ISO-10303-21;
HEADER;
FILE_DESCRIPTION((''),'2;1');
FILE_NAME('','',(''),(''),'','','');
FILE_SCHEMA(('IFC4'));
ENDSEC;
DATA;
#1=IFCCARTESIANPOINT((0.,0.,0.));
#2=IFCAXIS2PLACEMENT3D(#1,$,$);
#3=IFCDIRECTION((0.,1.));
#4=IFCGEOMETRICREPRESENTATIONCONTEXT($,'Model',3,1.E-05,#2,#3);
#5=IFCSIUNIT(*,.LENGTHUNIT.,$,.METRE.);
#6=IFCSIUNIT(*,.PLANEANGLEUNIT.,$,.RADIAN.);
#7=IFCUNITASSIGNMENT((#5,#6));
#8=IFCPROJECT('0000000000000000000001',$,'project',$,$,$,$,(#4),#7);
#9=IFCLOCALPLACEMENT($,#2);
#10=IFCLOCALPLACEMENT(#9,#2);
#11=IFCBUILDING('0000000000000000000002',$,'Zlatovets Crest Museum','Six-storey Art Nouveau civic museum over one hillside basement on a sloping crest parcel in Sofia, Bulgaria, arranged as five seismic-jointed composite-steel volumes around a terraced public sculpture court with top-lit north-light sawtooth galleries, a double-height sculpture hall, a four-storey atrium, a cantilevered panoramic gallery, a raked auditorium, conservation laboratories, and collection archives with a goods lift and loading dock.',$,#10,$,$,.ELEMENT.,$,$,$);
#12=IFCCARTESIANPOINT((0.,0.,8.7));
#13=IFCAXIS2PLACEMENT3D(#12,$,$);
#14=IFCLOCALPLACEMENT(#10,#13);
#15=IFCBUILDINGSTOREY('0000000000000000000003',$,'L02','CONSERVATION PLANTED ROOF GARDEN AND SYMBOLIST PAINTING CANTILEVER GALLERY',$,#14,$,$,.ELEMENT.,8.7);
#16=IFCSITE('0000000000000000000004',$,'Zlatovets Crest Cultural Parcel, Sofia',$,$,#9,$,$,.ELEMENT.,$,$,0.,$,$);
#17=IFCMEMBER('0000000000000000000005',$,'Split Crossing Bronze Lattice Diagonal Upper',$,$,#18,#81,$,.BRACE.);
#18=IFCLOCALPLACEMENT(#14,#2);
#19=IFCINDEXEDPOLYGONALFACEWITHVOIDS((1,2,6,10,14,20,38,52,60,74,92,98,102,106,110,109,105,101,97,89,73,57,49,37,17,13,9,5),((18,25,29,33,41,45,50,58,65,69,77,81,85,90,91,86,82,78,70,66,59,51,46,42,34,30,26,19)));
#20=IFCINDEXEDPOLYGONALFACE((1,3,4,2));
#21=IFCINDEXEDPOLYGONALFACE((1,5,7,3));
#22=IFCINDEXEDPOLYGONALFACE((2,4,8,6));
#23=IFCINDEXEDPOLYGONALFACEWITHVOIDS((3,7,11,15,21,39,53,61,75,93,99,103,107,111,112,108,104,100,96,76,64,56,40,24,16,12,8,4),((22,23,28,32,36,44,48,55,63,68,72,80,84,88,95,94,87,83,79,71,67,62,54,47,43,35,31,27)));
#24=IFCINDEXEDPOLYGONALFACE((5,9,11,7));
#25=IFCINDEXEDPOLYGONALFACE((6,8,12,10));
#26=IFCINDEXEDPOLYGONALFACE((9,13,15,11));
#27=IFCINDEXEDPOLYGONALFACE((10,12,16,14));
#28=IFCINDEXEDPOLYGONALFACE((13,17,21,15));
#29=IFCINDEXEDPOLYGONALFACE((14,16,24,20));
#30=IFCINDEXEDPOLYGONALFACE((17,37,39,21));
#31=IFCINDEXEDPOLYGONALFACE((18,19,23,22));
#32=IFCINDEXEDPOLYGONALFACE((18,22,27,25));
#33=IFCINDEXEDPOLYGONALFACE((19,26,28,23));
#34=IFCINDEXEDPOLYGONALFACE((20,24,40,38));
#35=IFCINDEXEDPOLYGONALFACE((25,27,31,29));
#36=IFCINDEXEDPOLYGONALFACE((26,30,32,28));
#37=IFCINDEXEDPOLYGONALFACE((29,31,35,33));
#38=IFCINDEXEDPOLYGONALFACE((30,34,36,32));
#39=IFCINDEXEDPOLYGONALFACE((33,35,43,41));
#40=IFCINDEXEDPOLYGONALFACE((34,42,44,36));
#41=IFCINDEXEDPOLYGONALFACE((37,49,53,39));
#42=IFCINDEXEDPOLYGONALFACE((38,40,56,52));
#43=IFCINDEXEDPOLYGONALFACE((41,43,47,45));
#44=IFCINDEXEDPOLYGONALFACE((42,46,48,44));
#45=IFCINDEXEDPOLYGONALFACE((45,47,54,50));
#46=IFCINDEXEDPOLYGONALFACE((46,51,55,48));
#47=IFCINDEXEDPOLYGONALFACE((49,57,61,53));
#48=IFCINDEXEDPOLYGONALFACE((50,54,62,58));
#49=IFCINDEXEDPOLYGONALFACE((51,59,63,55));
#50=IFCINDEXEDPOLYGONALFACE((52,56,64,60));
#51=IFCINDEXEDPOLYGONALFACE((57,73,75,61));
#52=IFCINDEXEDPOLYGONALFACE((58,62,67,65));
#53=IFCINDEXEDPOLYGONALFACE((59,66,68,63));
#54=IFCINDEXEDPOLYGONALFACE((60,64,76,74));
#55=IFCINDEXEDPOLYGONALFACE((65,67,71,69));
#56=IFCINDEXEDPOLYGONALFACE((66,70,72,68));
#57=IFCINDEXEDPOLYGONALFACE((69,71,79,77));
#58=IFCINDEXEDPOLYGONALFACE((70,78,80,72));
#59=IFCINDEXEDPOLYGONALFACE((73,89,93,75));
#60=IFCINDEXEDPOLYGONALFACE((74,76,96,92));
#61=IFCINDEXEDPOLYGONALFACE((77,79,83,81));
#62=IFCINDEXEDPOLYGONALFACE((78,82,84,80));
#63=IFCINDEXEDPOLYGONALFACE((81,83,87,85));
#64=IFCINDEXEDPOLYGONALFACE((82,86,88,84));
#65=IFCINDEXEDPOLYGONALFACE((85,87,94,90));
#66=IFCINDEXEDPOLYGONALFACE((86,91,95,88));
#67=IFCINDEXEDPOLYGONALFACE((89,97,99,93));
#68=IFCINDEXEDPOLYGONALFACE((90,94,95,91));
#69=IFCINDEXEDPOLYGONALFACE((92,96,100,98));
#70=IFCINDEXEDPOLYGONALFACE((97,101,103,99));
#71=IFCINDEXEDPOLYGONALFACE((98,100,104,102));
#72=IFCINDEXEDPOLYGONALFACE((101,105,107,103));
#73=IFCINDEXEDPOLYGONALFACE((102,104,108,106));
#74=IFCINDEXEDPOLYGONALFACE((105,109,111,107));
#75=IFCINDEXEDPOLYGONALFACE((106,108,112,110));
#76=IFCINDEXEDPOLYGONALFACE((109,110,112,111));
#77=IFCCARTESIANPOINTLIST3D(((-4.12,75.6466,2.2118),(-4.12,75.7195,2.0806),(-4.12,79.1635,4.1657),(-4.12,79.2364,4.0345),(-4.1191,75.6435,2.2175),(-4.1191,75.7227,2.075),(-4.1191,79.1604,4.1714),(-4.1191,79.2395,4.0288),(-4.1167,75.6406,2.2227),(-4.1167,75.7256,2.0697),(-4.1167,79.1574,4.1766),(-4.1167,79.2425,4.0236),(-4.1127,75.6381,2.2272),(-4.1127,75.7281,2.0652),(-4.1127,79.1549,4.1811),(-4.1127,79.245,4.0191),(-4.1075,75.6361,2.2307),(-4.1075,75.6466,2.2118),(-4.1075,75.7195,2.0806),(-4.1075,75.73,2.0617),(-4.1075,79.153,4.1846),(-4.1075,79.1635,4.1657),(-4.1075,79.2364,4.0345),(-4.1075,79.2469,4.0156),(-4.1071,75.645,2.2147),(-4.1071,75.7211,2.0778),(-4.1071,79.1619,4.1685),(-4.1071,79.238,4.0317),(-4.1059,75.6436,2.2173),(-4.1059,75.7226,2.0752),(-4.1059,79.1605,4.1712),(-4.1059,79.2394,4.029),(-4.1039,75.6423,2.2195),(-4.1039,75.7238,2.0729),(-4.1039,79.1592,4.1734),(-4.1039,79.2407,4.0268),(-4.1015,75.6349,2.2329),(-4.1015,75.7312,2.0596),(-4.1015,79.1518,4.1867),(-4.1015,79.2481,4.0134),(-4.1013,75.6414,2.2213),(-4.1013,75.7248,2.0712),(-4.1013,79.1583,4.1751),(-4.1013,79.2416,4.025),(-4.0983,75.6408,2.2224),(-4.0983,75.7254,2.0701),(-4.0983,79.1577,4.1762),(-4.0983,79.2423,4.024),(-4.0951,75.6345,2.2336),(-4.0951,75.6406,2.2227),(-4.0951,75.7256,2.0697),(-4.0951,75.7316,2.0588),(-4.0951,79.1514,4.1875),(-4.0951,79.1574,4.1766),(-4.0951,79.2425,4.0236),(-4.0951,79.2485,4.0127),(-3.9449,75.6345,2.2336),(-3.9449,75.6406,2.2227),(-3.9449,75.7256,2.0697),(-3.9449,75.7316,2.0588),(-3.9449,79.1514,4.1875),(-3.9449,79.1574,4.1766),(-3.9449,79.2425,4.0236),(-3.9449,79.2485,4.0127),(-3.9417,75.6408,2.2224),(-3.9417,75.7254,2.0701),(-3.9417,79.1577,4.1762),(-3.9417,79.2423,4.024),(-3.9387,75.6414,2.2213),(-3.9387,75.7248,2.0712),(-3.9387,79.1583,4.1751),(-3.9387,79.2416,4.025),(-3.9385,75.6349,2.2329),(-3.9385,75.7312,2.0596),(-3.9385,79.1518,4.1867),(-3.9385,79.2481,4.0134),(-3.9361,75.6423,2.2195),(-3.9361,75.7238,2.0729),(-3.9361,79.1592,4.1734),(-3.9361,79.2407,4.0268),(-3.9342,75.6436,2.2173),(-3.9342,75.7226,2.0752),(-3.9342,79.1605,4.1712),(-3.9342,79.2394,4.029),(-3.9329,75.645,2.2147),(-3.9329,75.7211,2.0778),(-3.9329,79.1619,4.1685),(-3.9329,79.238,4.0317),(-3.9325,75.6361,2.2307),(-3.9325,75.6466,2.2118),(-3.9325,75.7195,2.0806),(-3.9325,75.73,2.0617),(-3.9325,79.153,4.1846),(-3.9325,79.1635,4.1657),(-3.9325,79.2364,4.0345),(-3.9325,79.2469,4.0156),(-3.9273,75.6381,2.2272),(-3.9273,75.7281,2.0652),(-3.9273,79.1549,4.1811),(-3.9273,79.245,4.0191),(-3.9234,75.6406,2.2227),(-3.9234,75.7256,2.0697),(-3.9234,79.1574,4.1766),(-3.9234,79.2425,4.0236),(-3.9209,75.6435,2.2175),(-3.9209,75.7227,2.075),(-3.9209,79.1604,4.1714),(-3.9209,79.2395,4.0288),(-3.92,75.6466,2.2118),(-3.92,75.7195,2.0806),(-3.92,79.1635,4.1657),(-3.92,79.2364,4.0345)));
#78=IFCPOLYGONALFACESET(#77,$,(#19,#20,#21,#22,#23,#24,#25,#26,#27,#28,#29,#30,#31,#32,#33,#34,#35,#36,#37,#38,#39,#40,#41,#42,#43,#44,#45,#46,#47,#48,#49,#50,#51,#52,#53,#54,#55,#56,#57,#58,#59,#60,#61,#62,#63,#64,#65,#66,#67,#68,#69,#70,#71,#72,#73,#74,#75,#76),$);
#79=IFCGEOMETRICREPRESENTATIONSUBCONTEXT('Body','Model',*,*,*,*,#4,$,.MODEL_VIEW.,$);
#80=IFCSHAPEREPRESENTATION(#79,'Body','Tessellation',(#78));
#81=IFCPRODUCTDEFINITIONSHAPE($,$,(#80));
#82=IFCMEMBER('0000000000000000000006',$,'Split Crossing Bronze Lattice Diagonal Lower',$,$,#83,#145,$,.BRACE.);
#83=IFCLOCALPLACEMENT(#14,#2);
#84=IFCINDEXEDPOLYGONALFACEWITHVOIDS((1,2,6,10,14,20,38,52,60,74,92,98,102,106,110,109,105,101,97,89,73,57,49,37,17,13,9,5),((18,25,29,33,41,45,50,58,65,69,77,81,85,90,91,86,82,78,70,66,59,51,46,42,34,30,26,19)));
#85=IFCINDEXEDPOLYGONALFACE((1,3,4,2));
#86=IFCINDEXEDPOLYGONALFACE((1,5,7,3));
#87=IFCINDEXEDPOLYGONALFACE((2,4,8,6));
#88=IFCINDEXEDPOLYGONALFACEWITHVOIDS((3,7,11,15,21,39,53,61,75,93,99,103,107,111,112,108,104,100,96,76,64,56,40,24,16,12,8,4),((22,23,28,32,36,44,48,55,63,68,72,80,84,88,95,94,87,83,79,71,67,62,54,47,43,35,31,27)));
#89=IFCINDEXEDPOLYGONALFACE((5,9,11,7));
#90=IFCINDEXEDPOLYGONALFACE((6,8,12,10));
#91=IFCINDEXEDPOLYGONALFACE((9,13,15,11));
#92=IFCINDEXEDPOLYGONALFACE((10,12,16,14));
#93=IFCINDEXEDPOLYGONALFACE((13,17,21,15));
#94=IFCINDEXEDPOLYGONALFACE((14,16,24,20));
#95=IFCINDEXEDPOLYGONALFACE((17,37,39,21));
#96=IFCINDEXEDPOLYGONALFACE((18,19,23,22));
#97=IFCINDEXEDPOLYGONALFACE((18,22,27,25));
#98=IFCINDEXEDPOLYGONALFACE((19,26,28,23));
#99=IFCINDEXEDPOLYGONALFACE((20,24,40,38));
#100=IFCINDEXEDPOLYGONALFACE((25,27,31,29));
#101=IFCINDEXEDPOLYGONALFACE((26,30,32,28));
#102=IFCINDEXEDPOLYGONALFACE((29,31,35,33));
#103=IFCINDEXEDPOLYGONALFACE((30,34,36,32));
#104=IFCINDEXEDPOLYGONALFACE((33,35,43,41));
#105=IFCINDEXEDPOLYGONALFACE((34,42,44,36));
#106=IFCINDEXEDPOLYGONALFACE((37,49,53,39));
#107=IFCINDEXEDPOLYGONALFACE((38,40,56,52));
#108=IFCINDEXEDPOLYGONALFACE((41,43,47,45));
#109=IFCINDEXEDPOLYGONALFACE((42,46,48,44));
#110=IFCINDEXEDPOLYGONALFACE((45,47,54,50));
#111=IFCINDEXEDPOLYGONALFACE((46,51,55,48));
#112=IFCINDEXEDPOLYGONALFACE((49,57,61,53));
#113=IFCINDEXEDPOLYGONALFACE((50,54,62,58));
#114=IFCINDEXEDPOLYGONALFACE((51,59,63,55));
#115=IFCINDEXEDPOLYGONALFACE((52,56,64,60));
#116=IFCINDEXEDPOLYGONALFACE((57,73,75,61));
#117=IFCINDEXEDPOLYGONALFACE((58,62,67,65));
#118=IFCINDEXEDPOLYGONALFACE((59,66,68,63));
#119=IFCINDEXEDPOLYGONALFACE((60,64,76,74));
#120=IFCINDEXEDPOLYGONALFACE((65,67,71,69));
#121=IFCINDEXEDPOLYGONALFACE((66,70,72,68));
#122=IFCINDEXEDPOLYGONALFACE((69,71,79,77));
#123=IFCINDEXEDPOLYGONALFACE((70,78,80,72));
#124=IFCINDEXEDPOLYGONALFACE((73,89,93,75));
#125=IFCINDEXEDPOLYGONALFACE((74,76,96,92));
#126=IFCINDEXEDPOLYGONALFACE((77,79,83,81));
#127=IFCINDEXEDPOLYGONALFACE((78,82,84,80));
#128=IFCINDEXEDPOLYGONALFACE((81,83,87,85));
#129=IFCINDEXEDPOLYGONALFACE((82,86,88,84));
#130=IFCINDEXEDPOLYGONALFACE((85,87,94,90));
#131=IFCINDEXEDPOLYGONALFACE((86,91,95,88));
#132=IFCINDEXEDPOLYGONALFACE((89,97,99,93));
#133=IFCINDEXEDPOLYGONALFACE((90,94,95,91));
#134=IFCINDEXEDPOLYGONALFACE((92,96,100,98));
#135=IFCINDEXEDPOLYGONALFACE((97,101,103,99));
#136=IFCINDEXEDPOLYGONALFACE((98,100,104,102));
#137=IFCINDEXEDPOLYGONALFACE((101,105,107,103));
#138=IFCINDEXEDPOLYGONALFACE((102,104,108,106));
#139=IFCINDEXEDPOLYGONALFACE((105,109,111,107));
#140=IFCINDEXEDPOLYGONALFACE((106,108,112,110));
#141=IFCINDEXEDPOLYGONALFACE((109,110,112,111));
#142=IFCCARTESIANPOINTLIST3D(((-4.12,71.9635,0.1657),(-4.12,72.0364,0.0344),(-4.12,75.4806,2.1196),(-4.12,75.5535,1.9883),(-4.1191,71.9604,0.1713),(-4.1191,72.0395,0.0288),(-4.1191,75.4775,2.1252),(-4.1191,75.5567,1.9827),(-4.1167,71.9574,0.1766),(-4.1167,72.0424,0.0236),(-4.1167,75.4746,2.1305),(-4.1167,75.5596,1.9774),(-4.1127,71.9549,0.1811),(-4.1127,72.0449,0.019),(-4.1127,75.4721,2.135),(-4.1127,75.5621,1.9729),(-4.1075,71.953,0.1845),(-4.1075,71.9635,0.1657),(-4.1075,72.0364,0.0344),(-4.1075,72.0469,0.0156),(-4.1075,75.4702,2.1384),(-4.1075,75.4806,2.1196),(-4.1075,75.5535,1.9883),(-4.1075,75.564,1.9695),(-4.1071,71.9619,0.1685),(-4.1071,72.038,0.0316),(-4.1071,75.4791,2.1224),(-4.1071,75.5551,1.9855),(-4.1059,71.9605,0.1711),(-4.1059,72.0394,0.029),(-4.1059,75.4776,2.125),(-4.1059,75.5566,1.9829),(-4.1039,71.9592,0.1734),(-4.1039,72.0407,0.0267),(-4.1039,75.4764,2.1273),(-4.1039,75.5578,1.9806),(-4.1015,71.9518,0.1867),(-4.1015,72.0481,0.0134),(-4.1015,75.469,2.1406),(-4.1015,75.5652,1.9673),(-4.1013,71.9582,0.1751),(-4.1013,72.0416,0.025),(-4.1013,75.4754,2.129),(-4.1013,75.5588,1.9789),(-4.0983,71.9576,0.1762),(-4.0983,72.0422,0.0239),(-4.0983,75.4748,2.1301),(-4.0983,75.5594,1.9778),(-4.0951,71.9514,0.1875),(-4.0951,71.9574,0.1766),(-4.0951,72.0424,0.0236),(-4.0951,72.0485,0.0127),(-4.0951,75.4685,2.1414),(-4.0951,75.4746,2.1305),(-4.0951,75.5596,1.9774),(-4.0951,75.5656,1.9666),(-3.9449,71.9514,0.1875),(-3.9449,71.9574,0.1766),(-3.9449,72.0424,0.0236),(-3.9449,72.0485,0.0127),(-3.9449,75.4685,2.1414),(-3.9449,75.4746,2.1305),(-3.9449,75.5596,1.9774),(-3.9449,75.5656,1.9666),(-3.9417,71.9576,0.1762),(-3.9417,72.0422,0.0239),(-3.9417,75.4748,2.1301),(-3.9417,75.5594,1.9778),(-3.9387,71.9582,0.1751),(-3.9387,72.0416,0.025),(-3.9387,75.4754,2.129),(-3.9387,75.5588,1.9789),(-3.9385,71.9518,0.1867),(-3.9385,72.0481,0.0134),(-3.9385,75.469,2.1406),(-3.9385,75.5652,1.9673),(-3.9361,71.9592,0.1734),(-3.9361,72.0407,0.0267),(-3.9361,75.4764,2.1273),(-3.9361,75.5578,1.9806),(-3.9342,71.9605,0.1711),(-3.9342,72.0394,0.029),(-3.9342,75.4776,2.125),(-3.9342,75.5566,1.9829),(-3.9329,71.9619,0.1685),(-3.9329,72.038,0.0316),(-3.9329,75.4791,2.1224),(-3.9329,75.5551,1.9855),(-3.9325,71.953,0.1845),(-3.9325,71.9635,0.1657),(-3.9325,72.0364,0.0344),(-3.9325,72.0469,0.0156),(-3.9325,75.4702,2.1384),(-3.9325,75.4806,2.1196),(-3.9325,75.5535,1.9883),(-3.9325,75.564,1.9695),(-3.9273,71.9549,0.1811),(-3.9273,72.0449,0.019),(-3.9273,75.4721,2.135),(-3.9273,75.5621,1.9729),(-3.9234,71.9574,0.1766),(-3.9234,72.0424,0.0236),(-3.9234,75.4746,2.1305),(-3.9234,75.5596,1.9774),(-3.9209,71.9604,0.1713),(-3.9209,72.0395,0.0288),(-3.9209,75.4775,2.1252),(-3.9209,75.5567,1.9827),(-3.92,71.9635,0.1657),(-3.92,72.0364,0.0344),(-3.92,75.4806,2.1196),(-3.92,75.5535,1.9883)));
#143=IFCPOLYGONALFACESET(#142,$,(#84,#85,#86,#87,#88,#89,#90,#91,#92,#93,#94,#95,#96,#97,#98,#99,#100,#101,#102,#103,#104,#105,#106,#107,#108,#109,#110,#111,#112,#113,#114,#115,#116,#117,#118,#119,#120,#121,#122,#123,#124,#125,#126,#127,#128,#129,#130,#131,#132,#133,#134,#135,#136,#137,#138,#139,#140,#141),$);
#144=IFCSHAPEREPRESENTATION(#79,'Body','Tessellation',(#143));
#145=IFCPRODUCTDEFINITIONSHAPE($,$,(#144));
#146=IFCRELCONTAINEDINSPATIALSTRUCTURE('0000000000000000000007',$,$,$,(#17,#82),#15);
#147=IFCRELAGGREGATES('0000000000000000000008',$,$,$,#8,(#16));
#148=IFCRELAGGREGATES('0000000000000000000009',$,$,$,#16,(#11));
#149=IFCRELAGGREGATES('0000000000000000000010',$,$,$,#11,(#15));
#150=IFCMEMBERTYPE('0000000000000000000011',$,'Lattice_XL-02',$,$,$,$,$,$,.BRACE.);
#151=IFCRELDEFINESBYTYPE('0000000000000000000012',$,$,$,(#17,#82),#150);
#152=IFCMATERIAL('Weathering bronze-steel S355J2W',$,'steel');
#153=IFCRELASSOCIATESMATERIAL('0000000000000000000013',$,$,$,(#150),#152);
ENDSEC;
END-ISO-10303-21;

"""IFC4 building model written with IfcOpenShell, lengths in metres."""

from ifc_helpers import new_model, si_unit, direction, frame, origin, origin_2d, place, context, subcontext, project, spatial, hollow_rectangle, extrude, material, material_profile, profile_set, type_object, element, save


model = new_model("IFC4")

# Units and contexts
model_context = context("Model", 3, precision=1e-05, world=origin(), true_north=direction((0.0, 1.0)))
body_context = subcontext(model_context, "Body", "Model", "MODEL_VIEW")
ifc_project = project(units=[si_unit("LENGTHUNIT", "METRE"), si_unit("PLANEANGLEUNIT", "RADIAN")], contexts=[model_context])

# Site, building, storey
site_placement = place(None, origin())
site = spatial("IfcSite", under=ifc_project, at=site_placement, Name="Zlatovets Crest Cultural Parcel, Sofia", CompositionType="ELEMENT", RefElevation=0.0)
building_placement = place(site_placement, origin())
building = spatial("IfcBuilding", under=site, at=building_placement, Name="Zlatovets Crest Museum", Description="Six-storey Art Nouveau civic museum over one hillside basement on a sloping crest parcel in Sofia, Bulgaria, arranged as five seismic-jointed composite-steel volumes around a terraced public sculpture court with top-lit north-light sawtooth galleries, a double-height sculpture hall, a four-storey atrium, a cantilevered panoramic gallery, a raked auditorium, conservation laboratories, and collection archives with a goods lift and loading dock.", CompositionType="ELEMENT")
storey_placement = place(building_placement, frame((0.0, 0.0, 8.7)))
storey = spatial("IfcBuildingStorey", under=building, at=storey_placement, Name="L02", Description="CONSERVATION PLANTED ROOF GARDEN AND SYMBOLIST PAINTING CANTILEVER GALLERY", CompositionType="ELEMENT", Elevation=8.7)

# Members
ifc_material_1 = material(Name="Weathering bronze-steel S355J2W", Category="steel")
ifc_material_profile_1 = material_profile(ifc_material_1, hollow_rectangle(XDim=0.2, YDim=0.2, WallThickness=0.0125, InnerFilletRadius=0.0125, OuterFilletRadius=0.0249, at=origin_2d()), Name="SHS 200x200x12.5")
ifc_profile_set_1 = profile_set([ifc_material_profile_1], Name="Weathering bronze-steel S355J2W")
member_type_1 = type_object("IfcMemberType", Name="Lattice_XL-02", PredefinedType="BRACE", material=ifc_profile_set_1)
member_1_placement = place(storey_placement, frame((-4.02, 79.2, 4.1001), z_axis=(0.0, -0.874152, -0.485653), x_axis=(1.0, 0.0, 0.0)))
element("IfcMember", 1, at=member_1_placement, inside=storey, type_object=member_type_1, Name="Split Crossing Bronze Lattice Diagonal Upper", PredefinedType="BRACE", context=body_context, shape_type="SweptSolid", body=[
    extrude(hollow_rectangle(XDim=0.2, YDim=0.2, WallThickness=0.0125, InnerFilletRadius=0.0125, OuterFilletRadius=0.0249, at=origin_2d()), origin(), (0.0, 0.0, 1.0), 4.0232),
])
member_2_placement = place(storey_placement, frame((-4.02, 75.5171, 2.054), z_axis=(0.0, -0.874166, -0.485627), x_axis=(1.0, 0.0, 0.0)))
element("IfcMember", 2, at=member_2_placement, inside=storey, type_object=member_type_1, Name="Split Crossing Bronze Lattice Diagonal Lower", PredefinedType="BRACE", context=body_context, shape_type="SweptSolid", body=[
    extrude(hollow_rectangle(XDim=0.2, YDim=0.2, WallThickness=0.0125, InnerFilletRadius=0.0125, OuterFilletRadius=0.0249, at=origin_2d()), origin(), (0.0, 0.0, 1.0), 4.0234),
])

save(model, "model.ifc")
